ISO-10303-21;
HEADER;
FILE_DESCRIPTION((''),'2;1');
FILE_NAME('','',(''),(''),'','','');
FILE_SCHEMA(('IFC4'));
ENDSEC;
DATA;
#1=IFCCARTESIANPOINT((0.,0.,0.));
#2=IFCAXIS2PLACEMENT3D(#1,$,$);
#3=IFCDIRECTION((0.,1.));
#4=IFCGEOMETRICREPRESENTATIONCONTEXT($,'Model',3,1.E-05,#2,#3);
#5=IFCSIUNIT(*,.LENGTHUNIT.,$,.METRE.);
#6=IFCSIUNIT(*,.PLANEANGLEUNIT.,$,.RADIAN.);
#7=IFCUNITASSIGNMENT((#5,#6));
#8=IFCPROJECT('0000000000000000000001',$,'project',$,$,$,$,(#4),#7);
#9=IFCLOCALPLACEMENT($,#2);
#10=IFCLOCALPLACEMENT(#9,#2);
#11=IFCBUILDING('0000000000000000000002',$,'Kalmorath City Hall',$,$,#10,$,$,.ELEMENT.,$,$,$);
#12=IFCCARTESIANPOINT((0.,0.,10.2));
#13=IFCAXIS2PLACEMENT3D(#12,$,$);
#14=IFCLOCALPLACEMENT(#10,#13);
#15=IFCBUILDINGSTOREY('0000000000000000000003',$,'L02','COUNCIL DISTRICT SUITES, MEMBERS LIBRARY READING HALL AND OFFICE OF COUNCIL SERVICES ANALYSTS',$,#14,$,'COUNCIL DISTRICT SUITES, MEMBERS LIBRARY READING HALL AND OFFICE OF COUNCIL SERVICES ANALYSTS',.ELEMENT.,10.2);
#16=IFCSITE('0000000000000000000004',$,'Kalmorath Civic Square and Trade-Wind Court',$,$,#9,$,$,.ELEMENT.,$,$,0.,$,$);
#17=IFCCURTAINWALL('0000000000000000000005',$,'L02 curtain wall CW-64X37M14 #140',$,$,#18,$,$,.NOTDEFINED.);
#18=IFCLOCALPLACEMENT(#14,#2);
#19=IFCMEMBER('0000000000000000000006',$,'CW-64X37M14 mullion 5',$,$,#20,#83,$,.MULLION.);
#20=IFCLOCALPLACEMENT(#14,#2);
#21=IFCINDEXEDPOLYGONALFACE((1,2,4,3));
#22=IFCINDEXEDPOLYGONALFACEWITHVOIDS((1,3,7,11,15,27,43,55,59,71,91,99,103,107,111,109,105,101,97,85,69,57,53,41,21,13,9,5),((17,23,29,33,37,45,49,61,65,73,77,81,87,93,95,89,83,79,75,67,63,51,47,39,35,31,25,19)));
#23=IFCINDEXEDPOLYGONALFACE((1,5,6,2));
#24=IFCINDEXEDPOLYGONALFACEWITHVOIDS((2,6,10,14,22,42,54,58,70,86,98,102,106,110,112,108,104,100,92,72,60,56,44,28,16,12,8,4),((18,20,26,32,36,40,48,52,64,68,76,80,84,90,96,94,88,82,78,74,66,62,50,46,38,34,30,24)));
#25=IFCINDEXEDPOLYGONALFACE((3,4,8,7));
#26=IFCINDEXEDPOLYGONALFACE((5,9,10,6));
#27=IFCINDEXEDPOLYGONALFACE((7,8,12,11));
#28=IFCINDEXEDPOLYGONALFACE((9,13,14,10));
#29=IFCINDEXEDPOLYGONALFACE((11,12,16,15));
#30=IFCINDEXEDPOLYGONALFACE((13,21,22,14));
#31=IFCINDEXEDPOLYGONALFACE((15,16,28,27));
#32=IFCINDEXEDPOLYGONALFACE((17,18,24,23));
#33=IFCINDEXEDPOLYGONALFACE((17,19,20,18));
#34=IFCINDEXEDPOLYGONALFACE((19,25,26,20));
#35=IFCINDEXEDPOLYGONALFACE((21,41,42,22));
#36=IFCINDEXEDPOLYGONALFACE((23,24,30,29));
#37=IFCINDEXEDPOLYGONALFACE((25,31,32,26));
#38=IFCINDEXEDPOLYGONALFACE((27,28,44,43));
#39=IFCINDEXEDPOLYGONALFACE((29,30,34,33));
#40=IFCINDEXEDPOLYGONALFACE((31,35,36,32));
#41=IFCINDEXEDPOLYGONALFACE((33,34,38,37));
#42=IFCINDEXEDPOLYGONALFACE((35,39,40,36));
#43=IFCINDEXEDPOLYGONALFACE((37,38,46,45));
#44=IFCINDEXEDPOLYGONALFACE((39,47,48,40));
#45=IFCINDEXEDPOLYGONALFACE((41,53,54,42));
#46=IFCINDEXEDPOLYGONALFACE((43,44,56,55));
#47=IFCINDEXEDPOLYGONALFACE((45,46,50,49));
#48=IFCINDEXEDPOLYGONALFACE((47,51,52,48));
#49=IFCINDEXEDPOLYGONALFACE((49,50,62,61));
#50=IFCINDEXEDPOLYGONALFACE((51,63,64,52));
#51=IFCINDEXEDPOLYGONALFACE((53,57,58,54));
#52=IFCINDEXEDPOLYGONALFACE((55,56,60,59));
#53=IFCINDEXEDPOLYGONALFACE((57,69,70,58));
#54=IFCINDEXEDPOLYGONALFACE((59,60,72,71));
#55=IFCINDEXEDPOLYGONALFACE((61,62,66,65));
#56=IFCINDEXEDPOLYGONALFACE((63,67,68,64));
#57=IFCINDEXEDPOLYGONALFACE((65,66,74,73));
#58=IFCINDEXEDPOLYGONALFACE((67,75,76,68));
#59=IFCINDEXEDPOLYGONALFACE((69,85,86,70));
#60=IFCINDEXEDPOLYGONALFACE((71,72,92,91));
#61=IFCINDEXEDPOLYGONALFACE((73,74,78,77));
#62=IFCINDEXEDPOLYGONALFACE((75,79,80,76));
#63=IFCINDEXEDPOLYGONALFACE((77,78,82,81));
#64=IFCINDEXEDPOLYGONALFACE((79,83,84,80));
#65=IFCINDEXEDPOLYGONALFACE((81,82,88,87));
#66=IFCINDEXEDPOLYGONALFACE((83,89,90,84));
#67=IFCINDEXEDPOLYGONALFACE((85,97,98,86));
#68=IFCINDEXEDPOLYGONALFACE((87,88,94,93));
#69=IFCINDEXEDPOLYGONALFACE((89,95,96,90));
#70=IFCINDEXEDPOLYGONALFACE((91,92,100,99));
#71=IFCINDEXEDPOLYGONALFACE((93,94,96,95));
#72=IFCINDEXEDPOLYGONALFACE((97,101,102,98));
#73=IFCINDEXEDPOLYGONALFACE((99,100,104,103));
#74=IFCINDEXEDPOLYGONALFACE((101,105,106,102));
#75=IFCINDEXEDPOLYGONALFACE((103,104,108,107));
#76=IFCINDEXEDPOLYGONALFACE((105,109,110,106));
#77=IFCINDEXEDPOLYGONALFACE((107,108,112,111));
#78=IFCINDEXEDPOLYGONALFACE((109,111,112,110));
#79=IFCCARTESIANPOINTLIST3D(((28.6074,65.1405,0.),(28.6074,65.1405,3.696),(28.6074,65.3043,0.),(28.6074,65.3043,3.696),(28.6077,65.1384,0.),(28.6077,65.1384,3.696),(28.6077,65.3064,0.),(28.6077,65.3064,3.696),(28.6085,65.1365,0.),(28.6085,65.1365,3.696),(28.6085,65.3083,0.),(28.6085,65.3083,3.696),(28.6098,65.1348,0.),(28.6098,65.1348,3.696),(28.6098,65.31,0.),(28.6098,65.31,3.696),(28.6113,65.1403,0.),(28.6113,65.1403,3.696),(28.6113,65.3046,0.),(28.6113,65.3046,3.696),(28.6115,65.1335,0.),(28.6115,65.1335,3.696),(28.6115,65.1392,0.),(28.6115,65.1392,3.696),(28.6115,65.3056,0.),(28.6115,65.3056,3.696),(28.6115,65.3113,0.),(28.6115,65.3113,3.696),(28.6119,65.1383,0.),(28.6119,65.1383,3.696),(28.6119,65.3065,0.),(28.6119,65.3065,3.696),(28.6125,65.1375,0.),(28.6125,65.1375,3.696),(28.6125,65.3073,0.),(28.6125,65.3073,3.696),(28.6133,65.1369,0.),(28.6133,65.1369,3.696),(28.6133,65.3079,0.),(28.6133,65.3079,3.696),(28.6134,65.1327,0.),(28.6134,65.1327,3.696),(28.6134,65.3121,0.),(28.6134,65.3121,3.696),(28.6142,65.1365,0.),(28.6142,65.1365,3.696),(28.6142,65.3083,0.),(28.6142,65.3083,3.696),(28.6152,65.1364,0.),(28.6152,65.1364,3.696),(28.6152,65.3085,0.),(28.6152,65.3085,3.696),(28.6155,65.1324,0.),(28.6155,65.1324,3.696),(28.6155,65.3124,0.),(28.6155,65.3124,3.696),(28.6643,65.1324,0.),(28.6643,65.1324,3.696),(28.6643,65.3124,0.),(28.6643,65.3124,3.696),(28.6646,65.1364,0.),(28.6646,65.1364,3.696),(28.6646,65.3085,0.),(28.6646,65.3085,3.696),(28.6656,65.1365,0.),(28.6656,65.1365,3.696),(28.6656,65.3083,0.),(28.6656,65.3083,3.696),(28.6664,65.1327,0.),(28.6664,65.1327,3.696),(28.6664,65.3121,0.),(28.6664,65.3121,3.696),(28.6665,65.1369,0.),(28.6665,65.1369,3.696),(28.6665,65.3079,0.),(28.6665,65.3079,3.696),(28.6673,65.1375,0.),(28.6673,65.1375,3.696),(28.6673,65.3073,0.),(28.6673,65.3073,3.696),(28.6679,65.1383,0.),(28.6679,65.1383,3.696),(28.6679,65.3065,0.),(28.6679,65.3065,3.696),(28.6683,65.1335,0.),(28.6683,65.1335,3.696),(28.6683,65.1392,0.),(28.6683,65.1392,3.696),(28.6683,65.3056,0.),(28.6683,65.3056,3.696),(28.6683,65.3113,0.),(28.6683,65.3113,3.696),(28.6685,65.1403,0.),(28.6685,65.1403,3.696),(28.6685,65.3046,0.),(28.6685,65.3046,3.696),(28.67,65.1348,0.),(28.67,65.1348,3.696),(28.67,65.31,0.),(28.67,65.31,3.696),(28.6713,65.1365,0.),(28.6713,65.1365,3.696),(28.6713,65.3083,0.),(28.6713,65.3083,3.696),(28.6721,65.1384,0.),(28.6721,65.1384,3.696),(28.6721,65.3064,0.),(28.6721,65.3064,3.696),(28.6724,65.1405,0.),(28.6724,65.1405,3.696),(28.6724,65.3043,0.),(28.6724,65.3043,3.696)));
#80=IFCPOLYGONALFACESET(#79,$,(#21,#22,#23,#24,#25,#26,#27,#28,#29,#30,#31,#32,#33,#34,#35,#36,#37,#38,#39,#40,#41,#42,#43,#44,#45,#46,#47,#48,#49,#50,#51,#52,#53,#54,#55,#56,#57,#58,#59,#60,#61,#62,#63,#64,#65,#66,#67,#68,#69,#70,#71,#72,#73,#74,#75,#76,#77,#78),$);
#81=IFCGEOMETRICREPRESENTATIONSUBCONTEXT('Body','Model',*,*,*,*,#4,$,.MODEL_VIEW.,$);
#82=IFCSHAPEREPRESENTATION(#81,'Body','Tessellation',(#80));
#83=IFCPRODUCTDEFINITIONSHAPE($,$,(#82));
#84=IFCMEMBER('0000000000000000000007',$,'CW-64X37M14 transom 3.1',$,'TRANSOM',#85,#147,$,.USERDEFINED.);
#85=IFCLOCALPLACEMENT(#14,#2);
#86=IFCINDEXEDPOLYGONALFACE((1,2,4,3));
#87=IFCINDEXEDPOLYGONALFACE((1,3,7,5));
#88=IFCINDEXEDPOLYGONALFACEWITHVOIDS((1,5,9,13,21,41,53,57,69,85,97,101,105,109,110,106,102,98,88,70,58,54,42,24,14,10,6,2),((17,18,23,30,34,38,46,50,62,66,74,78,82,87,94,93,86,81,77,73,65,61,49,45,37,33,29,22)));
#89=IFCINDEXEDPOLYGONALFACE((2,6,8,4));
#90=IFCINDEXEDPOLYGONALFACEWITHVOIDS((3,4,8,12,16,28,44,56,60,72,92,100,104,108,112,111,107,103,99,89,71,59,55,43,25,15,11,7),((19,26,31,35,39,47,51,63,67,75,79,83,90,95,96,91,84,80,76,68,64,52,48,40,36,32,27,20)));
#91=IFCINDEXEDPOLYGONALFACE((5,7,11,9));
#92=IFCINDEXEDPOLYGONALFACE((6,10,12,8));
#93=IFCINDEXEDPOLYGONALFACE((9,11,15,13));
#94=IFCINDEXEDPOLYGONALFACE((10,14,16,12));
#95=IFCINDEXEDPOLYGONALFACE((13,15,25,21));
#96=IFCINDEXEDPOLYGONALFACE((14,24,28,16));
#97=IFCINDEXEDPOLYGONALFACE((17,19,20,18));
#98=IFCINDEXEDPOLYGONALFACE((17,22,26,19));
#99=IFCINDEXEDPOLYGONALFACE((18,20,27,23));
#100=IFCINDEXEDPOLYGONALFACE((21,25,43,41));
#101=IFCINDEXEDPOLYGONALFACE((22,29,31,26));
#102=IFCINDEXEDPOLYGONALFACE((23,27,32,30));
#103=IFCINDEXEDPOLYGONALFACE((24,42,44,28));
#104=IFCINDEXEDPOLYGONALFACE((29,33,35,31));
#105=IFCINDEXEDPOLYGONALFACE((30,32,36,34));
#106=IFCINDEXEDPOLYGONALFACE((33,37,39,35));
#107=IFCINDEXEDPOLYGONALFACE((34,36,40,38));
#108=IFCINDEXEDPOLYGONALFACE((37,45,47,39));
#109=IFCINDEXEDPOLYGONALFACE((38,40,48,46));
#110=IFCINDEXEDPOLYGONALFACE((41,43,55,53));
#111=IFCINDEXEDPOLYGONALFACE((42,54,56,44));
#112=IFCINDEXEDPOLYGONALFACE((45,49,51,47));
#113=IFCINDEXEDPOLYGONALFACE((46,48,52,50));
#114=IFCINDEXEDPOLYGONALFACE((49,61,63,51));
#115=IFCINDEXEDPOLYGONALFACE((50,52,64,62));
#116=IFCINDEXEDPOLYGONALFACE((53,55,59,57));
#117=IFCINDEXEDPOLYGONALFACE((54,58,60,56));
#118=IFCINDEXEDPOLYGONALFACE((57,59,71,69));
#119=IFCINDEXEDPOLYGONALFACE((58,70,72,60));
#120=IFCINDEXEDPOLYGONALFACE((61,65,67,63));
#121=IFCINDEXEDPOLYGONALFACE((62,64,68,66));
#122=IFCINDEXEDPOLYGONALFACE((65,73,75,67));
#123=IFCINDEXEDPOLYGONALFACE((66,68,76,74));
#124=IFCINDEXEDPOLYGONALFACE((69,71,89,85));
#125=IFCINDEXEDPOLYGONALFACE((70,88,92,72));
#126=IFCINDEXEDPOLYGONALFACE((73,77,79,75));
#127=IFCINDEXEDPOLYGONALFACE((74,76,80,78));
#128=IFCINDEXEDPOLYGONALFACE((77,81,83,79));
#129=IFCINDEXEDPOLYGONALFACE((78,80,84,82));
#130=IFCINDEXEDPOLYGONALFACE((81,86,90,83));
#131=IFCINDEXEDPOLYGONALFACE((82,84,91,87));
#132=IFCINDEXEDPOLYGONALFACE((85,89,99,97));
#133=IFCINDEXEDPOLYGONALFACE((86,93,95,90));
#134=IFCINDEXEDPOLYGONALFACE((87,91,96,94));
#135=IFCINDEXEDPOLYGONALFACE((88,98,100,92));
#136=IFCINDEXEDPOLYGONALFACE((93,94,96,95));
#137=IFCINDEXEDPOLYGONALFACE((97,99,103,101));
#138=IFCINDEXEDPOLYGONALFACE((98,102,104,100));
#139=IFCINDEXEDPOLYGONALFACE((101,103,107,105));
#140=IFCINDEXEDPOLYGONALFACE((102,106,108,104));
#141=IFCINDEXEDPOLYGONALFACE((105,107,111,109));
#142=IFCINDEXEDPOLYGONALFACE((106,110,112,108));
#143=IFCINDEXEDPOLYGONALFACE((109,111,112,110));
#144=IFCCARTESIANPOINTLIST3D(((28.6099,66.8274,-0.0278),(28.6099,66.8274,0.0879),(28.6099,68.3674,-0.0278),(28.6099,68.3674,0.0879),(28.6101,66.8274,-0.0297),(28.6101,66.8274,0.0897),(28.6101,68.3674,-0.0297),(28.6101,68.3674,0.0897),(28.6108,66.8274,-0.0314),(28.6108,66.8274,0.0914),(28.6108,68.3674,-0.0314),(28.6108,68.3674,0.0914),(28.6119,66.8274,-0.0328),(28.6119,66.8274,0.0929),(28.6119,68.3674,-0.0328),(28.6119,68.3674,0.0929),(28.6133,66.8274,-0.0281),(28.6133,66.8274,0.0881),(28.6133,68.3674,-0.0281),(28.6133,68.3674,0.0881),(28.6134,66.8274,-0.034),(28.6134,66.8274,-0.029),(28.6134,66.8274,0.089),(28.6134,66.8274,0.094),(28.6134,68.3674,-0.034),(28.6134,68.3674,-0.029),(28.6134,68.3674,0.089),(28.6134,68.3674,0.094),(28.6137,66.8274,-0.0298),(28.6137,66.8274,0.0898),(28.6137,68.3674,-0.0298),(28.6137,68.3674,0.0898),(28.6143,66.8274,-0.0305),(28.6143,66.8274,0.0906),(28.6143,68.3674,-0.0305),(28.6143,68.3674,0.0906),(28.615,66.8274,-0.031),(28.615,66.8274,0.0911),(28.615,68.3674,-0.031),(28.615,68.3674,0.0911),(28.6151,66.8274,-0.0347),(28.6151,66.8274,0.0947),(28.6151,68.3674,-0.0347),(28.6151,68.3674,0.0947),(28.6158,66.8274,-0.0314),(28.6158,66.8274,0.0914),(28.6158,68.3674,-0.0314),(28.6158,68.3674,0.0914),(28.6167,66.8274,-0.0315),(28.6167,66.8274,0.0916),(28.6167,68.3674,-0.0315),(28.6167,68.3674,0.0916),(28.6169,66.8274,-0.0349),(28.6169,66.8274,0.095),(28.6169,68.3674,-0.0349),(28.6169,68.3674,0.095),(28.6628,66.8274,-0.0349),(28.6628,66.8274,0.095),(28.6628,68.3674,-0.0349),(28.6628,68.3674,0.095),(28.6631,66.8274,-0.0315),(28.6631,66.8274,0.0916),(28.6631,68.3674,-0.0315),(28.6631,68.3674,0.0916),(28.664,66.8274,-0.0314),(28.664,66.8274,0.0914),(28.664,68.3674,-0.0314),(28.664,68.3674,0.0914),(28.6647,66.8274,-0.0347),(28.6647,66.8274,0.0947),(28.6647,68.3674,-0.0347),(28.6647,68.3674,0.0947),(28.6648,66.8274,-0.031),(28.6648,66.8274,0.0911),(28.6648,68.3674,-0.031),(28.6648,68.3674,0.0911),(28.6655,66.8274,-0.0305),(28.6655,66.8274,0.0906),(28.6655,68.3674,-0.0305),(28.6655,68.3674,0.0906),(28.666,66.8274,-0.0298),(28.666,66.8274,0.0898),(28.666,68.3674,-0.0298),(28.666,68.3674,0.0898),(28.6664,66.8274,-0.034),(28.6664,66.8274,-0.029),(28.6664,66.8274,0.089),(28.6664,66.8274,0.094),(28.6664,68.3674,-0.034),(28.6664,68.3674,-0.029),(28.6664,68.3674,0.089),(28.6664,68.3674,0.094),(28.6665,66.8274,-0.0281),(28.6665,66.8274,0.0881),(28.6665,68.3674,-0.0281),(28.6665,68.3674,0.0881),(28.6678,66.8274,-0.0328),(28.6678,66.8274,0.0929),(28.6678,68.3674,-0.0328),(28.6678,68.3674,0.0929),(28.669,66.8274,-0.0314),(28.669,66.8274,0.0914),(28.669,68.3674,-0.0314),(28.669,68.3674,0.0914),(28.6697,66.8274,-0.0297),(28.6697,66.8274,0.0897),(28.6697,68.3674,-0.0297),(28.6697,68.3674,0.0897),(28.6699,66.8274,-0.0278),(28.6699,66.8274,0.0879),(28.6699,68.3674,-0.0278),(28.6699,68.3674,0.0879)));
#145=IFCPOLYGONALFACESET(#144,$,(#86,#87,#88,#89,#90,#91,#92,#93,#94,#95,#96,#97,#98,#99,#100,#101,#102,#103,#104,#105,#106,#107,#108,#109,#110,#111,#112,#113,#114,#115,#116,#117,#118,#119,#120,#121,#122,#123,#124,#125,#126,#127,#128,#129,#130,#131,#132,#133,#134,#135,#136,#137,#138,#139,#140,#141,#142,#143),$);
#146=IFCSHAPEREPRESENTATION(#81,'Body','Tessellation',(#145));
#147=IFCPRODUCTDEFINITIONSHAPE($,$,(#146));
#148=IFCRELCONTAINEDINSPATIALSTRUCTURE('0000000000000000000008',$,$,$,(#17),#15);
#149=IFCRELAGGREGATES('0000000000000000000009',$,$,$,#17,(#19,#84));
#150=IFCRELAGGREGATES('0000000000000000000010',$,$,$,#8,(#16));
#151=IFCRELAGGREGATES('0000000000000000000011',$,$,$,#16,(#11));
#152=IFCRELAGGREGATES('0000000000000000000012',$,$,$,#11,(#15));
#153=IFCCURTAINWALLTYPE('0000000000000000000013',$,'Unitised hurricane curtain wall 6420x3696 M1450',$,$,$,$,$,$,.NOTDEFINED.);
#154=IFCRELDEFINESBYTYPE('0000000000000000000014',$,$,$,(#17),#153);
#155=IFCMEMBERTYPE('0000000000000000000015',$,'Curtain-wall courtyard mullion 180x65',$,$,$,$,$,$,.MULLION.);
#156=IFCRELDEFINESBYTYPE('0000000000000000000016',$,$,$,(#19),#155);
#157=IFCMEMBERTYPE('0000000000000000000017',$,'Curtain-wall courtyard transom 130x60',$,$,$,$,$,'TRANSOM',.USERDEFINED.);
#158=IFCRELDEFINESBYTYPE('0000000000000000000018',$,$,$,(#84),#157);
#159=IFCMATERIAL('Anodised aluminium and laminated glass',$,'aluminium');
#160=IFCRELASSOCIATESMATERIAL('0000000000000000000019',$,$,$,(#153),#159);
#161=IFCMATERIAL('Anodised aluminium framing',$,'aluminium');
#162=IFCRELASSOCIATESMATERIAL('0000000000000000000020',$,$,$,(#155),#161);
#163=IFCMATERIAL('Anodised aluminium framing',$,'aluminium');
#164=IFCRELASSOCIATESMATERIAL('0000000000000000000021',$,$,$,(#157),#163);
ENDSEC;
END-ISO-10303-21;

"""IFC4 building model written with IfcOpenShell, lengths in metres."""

from ifc_helpers import new_model, si_unit, direction, frame, origin, origin_2d, place, context, subcontext, project, spatial, hollow_rectangle, extrude, material, material_profile, profile_set, type_object, element, aggregate, save


model = new_model("IFC4")

# Units and contexts
model_context = context("Model", 3, precision=1e-05, world=origin(), true_north=direction((0.0, 1.0)))
body_context = subcontext(model_context, "Body", "Model", "MODEL_VIEW")
ifc_project = project(units=[si_unit("LENGTHUNIT", "METRE"), si_unit("PLANEANGLEUNIT", "RADIAN")], contexts=[model_context])

# Site, building, storey
site_placement = place(None, origin())
site = spatial("IfcSite", under=ifc_project, at=site_placement, Name="Kalmorath Civic Square and Trade-Wind Court", CompositionType="ELEMENT", RefElevation=0.0)
building_placement = place(site_placement, origin())
building = spatial("IfcBuilding", under=site, at=building_placement, Name="Kalmorath City Hall", CompositionType="ELEMENT")
storey_placement = place(building_placement, frame((0.0, 0.0, 10.2)))
storey = spatial("IfcBuildingStorey", under=building, at=storey_placement, Name="L02", Description="COUNCIL DISTRICT SUITES, MEMBERS LIBRARY READING HALL AND OFFICE OF COUNCIL SERVICES ANALYSTS", LongName="COUNCIL DISTRICT SUITES, MEMBERS LIBRARY READING HALL AND OFFICE OF COUNCIL SERVICES ANALYSTS", CompositionType="ELEMENT", Elevation=10.2)

# Curtain wall, members
ifc_material_1 = material(Name="Anodised aluminium and laminated glass", Category="aluminium")
curtain_wall_type = type_object("IfcCurtainWallType", Name="Unitised hurricane curtain wall 6420x3696 M1450", PredefinedType="NOTDEFINED", material=ifc_material_1)
curtain_wall_placement = place(storey_placement, origin())
curtain_wall = element("IfcCurtainWall", 1, at=curtain_wall_placement, inside=storey, type_object=curtain_wall_type, Name="L02 curtain wall CW-64X37M14 #140", PredefinedType="NOTDEFINED")
ifc_material_2 = material(Name="Anodised aluminium framing", Category="aluminium")
ifc_material_profile_1 = material_profile(ifc_material_2, hollow_rectangle(XDim=0.0649, YDim=0.1799, WallThickness=0.0039, InnerFilletRadius=0.0039, OuterFilletRadius=0.0081, at=origin_2d()), Name="ALU-MUL-180X65X4")
ifc_profile_set_1 = profile_set([ifc_material_profile_1], Name="Anodised aluminium framing")
member_type_1 = type_object("IfcMemberType", Name="Curtain-wall courtyard mullion 180x65", PredefinedType="MULLION", material=ifc_profile_set_1)
member_1_placement = place(storey_placement, frame((28.6399, 65.2224, 0.0), z_axis=(0.0, 0.0, 1.0), x_axis=(1.0, 0.0, 0.0)))
member_1 = element("IfcMember", 2, at=member_1_placement, type_object=member_type_1, Name="CW-64X37M14 mullion 5", PredefinedType="MULLION", context=body_context, shape_type="SweptSolid", body=[
    extrude(hollow_rectangle(XDim=0.0649, YDim=0.1799, WallThickness=0.0039, InnerFilletRadius=0.0039, OuterFilletRadius=0.0081, at=origin_2d()), origin(), (0.0, 0.0, 1.0), 3.696),
])
ifc_material_3 = material(Name="Anodised aluminium framing", Category="aluminium")
ifc_material_profile_2 = material_profile(ifc_material_3, hollow_rectangle(XDim=0.0601, YDim=0.1299, WallThickness=0.0034, InnerFilletRadius=0.0034, OuterFilletRadius=0.0071, at=origin_2d()), Name="ALU-TRN-130X60X3.5")
ifc_profile_set_2 = profile_set([ifc_material_profile_2], Name="Anodised aluminium framing")
member_type_2 = type_object("IfcMemberType", Name="Curtain-wall courtyard transom 130x60", ElementType="TRANSOM", PredefinedType="USERDEFINED", material=ifc_profile_set_2)
member_2_placement = place(storey_placement, frame((28.6399, 68.3674, 0.03), z_axis=(0.0, -1.0, 0.0), x_axis=(1.0, 0.0, 0.0)))
member_2 = element("IfcMember", 3, at=member_2_placement, type_object=member_type_2, Name="CW-64X37M14 transom 3.1", ObjectType="TRANSOM", PredefinedType="USERDEFINED", context=body_context, shape_type="SweptSolid", body=[
    extrude(hollow_rectangle(XDim=0.0601, YDim=0.1299, WallThickness=0.0034, InnerFilletRadius=0.0034, OuterFilletRadius=0.0071, at=origin_2d()), origin(), (0.0, 0.0, 1.0), 1.54),
])
aggregate(curtain_wall, [member_1, member_2])

save(model, "model.ifc")
